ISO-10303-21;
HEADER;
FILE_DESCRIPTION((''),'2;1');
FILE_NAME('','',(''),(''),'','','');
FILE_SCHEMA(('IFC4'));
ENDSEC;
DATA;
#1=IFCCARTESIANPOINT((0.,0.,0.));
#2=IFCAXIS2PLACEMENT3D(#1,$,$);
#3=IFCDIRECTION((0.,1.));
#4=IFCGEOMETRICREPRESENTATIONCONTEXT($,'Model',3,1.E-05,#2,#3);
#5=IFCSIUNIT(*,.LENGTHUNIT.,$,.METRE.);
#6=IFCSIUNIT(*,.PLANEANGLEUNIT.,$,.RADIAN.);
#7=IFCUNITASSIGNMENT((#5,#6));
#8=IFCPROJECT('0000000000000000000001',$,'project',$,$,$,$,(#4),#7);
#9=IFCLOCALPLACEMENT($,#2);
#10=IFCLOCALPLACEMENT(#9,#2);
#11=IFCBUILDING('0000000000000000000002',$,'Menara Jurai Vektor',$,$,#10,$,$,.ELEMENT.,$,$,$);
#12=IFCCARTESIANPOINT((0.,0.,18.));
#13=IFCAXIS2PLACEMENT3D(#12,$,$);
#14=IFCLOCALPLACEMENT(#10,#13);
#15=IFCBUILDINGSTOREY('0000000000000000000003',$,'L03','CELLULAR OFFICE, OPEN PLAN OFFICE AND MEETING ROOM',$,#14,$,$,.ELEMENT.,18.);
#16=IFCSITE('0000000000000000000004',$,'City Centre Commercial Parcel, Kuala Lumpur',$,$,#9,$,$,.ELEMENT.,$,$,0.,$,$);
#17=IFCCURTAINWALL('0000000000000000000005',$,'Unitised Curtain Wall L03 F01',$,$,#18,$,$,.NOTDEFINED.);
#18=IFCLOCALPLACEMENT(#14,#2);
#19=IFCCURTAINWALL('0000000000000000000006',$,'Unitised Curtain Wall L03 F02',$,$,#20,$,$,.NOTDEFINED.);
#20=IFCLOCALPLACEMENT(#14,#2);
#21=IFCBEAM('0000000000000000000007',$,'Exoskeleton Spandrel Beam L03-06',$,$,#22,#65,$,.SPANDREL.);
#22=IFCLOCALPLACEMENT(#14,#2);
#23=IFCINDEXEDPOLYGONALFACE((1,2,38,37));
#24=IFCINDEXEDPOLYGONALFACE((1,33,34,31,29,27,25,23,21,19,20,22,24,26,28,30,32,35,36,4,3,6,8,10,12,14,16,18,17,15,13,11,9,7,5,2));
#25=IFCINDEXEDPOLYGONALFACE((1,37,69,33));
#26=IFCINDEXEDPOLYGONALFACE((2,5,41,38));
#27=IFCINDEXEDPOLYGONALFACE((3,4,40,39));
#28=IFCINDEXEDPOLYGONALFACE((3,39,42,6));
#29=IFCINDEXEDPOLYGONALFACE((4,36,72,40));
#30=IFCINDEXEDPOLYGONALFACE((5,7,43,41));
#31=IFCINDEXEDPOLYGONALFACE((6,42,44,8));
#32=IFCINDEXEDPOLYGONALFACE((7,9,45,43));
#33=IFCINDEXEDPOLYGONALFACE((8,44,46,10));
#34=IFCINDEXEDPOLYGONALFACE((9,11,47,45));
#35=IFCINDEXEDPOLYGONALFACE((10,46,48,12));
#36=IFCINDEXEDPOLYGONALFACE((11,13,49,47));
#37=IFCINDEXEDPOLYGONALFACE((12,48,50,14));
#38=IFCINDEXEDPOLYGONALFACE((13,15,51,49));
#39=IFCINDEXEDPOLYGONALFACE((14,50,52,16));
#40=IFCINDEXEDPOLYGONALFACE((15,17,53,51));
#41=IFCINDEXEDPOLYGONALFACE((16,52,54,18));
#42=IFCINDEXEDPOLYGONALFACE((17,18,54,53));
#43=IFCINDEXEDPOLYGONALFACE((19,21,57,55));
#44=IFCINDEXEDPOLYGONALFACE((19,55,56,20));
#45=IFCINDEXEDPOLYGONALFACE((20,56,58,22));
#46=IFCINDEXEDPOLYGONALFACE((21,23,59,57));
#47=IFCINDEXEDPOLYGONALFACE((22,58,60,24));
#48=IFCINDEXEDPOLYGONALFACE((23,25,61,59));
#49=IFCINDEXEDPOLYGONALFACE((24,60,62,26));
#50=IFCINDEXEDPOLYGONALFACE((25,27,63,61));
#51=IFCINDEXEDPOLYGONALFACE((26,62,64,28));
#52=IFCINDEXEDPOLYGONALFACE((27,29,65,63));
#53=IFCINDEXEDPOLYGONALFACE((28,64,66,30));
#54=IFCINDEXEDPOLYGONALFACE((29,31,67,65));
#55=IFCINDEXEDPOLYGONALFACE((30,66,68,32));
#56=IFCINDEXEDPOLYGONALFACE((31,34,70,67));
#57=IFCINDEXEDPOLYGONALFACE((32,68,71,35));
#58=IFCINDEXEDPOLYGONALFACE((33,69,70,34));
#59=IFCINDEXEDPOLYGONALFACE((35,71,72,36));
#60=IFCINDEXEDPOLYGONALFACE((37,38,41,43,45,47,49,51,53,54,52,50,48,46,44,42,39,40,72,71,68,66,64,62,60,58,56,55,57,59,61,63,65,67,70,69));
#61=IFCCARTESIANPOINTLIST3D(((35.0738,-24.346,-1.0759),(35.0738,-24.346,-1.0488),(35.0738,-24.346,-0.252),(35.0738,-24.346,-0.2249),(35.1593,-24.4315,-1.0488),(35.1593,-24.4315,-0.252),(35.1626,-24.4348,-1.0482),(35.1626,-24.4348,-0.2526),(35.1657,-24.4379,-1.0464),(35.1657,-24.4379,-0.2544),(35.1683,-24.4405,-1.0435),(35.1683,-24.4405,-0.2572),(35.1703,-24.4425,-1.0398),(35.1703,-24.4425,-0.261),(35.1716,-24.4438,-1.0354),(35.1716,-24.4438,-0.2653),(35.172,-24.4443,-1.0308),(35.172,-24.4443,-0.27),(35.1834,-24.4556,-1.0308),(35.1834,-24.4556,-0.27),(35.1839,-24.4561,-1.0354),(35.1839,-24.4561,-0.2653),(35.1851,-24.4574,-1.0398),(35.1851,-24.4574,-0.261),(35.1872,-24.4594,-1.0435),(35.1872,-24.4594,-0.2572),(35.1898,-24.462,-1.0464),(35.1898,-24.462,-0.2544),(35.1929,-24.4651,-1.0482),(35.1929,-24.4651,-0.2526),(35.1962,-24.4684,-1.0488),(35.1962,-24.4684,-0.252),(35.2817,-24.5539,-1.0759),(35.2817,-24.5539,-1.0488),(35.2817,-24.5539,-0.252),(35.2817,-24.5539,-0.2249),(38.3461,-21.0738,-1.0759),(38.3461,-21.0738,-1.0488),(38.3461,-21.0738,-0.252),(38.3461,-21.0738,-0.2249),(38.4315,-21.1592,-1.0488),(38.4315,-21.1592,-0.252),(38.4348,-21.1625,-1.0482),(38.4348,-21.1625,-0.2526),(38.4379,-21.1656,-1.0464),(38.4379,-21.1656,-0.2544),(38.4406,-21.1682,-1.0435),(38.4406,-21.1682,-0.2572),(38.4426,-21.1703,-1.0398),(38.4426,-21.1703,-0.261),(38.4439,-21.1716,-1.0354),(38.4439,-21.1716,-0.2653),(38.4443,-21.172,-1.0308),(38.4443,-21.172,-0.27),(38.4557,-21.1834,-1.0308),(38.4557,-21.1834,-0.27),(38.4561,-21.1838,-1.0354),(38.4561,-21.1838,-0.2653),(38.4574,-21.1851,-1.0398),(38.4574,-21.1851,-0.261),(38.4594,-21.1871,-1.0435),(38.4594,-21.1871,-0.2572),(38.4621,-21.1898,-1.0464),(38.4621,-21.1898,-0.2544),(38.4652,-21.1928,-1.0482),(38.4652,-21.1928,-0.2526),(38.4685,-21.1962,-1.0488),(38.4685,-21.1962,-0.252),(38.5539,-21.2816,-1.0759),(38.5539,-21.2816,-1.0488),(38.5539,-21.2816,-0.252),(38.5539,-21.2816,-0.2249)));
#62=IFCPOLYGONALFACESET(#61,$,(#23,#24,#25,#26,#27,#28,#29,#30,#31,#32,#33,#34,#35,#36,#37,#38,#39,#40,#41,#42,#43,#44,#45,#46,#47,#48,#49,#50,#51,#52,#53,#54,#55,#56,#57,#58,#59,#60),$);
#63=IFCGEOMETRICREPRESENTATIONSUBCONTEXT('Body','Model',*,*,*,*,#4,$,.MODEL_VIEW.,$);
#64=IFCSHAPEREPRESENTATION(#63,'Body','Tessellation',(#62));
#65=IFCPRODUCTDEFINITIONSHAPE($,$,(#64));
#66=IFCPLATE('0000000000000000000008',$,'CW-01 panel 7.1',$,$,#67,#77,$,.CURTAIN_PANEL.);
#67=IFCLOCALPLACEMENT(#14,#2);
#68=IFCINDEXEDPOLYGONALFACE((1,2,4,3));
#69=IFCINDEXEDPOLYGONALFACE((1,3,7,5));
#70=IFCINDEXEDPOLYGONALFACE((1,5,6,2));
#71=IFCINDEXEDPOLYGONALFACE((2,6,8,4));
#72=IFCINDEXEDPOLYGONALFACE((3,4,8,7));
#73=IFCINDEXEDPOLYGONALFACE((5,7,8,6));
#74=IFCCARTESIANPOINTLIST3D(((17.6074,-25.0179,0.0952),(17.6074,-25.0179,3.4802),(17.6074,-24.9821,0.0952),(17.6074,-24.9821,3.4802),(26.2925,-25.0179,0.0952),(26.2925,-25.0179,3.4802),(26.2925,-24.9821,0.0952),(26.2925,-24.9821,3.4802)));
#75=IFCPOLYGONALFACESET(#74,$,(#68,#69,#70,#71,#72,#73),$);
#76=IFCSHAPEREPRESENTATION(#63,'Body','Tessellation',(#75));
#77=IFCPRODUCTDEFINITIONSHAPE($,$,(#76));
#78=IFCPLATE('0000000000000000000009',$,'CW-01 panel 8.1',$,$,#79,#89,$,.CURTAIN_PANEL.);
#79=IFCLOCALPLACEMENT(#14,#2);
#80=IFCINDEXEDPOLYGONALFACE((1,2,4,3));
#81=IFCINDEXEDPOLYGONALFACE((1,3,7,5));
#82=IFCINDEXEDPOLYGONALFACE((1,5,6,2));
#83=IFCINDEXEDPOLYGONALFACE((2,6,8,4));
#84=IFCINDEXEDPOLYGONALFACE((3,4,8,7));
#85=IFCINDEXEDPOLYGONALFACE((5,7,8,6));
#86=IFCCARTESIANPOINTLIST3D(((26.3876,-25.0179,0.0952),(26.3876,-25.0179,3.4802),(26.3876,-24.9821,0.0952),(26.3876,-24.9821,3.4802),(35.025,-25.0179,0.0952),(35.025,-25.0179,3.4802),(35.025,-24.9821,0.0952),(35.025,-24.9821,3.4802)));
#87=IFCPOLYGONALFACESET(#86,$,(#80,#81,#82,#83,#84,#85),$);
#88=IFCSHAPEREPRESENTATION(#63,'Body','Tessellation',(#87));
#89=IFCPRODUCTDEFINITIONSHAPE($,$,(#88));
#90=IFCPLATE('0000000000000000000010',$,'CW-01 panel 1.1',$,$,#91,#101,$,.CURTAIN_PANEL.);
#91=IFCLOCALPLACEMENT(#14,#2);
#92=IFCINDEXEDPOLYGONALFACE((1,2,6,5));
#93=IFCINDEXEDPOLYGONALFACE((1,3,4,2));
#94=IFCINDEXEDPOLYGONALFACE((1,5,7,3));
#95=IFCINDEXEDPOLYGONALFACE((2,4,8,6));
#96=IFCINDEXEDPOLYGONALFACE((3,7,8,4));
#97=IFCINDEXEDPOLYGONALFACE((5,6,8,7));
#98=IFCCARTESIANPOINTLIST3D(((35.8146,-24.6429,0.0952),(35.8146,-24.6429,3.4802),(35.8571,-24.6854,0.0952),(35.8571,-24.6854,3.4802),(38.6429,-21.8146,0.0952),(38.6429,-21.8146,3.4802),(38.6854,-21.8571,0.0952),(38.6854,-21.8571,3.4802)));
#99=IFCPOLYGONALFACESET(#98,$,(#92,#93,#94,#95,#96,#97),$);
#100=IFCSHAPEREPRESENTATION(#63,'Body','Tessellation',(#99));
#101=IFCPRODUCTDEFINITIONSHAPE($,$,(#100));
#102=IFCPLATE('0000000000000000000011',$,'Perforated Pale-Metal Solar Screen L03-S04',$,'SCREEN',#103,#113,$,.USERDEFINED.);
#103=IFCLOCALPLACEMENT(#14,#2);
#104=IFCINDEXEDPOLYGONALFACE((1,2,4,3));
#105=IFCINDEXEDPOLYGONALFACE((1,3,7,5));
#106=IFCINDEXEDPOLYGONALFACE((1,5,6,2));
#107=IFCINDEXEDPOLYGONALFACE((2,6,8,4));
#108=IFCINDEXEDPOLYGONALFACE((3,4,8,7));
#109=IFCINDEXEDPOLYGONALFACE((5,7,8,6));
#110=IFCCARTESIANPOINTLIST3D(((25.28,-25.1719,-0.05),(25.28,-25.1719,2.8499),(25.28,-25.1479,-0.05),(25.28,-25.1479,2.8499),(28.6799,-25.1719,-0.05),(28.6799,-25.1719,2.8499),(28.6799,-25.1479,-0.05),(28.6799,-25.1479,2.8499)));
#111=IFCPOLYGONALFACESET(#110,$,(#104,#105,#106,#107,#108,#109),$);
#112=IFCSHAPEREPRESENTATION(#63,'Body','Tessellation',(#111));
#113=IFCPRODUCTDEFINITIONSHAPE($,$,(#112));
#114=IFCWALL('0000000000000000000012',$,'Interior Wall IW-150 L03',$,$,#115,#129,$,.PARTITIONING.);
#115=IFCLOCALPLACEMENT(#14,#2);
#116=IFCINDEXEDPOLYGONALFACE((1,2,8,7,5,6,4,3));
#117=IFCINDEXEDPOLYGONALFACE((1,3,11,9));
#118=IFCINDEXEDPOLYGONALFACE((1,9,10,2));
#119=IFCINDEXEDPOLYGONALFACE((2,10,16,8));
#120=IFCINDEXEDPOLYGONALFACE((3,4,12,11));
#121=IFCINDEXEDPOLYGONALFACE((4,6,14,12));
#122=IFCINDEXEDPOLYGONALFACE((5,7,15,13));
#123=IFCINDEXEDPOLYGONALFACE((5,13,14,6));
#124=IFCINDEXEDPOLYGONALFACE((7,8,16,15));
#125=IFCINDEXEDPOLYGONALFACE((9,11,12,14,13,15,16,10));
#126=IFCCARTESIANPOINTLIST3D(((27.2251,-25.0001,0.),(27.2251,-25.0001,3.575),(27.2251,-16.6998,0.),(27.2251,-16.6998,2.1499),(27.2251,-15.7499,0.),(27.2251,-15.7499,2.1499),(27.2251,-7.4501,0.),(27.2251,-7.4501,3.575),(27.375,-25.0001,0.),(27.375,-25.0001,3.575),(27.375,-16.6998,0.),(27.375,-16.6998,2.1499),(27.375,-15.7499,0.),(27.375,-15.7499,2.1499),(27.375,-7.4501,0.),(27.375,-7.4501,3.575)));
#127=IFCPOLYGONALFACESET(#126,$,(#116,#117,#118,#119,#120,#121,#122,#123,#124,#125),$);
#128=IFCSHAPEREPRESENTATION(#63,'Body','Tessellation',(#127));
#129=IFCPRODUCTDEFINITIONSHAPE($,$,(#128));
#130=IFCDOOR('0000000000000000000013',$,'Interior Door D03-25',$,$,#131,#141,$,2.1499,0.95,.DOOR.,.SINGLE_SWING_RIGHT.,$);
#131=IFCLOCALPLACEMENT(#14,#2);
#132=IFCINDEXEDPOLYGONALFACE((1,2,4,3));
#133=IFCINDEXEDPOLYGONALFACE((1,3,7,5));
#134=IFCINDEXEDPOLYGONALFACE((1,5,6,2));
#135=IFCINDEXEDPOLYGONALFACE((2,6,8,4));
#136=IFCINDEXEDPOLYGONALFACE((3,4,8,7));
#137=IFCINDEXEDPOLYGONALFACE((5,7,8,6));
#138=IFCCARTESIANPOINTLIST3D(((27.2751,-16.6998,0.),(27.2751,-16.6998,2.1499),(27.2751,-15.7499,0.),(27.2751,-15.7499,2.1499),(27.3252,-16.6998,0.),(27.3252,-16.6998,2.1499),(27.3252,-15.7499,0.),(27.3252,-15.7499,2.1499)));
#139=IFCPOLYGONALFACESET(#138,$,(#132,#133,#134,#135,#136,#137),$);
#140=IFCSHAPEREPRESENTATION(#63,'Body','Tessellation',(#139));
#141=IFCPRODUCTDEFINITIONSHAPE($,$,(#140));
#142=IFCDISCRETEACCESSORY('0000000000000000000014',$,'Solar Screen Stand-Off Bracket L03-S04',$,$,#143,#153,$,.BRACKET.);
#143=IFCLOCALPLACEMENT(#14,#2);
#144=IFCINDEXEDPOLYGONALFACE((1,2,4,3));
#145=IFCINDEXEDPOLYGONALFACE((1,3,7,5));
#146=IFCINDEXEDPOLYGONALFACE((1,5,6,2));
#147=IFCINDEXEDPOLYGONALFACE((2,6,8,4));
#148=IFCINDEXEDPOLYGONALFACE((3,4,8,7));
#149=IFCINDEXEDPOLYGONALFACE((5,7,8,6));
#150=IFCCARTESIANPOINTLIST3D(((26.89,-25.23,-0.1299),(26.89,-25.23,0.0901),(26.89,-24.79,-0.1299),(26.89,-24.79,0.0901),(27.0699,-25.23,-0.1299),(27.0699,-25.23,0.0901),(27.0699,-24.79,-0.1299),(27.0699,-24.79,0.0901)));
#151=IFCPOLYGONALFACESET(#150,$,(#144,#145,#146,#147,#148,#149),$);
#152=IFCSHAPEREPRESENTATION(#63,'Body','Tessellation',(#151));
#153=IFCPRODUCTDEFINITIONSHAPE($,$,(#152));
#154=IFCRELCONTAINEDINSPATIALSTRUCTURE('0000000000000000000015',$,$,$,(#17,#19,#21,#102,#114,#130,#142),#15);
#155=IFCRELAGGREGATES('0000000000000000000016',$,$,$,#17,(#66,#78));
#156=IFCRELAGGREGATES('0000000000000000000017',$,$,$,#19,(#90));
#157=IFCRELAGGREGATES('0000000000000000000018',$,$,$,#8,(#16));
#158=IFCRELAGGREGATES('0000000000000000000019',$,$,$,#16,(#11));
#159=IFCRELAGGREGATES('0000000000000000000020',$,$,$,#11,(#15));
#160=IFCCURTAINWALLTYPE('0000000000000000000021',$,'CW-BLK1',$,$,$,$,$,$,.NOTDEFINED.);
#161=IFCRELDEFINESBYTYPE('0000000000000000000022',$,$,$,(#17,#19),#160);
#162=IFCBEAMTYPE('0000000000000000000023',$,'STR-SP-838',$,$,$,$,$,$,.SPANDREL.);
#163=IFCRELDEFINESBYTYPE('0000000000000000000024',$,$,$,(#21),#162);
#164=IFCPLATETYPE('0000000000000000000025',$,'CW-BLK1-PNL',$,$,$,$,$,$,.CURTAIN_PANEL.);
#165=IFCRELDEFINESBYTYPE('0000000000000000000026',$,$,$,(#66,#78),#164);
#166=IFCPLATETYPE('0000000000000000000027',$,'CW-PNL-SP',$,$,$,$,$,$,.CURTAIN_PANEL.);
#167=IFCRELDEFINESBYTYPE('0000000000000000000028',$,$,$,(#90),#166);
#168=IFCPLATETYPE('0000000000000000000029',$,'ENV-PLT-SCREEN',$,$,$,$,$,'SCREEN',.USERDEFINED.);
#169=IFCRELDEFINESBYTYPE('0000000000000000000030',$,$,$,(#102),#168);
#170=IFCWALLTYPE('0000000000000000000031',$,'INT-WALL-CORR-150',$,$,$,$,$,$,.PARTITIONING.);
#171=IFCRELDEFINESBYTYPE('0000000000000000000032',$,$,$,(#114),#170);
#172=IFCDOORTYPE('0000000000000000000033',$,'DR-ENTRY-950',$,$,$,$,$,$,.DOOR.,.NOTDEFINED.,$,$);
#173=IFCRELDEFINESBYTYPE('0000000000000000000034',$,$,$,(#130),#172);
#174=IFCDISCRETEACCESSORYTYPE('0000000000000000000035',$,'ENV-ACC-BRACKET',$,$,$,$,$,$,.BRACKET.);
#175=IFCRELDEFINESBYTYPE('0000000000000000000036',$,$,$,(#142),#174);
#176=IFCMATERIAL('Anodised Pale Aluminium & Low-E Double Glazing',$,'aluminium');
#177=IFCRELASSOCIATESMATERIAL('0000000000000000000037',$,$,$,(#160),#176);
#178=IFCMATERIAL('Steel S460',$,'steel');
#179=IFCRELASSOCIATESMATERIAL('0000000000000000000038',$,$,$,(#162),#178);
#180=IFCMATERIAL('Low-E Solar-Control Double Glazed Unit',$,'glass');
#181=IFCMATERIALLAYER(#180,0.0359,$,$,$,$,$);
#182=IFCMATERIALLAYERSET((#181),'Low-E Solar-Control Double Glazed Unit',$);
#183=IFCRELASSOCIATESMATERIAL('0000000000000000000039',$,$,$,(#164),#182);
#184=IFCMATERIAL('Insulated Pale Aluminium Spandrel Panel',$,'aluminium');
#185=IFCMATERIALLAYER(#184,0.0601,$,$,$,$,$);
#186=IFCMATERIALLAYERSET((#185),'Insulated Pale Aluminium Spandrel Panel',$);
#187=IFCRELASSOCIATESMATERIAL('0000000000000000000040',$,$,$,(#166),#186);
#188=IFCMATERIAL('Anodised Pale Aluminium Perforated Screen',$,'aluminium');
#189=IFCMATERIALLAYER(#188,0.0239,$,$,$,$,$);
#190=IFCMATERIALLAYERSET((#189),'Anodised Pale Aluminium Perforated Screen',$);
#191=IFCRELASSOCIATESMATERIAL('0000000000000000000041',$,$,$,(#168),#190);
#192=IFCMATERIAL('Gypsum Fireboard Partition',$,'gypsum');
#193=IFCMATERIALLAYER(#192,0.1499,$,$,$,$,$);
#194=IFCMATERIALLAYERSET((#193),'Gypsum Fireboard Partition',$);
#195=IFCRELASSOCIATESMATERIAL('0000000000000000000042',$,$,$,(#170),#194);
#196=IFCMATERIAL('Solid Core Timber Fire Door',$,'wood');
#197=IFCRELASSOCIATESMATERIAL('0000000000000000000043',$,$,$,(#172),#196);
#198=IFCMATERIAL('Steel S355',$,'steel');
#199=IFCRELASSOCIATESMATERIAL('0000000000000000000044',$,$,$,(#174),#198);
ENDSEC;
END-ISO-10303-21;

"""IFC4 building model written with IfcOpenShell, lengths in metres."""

from ifc_helpers import new_model, si_unit, direction, frame, frame_2d, origin, origin_2d, place, context, subcontext, project, spatial, rectangle, i_section, extrude, material, layer, layer_set, material_profile, profile_set, type_object, element, fill, aggregate, save


model = new_model("IFC4")

# Units and contexts
model_context = context("Model", 3, precision=1e-05, world=origin(), true_north=direction((0.0, 1.0)))
body_context = subcontext(model_context, "Body", "Model", "MODEL_VIEW")
ifc_project = project(units=[si_unit("LENGTHUNIT", "METRE"), si_unit("PLANEANGLEUNIT", "RADIAN")], contexts=[model_context])

# Site, building, storey
site_placement = place(None, origin())
site = spatial("IfcSite", under=ifc_project, at=site_placement, Name="City Centre Commercial Parcel, Kuala Lumpur", CompositionType="ELEMENT", RefElevation=0.0)
building_placement = place(site_placement, origin())
building = spatial("IfcBuilding", under=site, at=building_placement, Name="Menara Jurai Vektor", CompositionType="ELEMENT")
storey_placement = place(building_placement, frame((0.0, 0.0, 18.0)))
storey = spatial("IfcBuildingStorey", under=building, at=storey_placement, Name="L03", Description="CELLULAR OFFICE, OPEN PLAN OFFICE AND MEETING ROOM", CompositionType="ELEMENT", Elevation=18.0)

# Shared definitions
ifc_material_1 = material(Name="Steel S460", Category="steel")

# Curtain walls
ifc_material_2 = material(Name="Anodised Pale Aluminium & Low-E Double Glazing", Category="aluminium")
curtain_wall_type = type_object("IfcCurtainWallType", Name="CW-BLK1", PredefinedType="NOTDEFINED", material=ifc_material_2)
curtain_wall_1_placement = place(storey_placement, origin())
curtain_wall_1 = element("IfcCurtainWall", 1, at=curtain_wall_1_placement, inside=storey, type_object=curtain_wall_type, Name="Unitised Curtain Wall L03 F01", PredefinedType="NOTDEFINED")
curtain_wall_2_placement = place(storey_placement, origin())
curtain_wall_2 = element("IfcCurtainWall", 2, at=curtain_wall_2_placement, inside=storey, type_object=curtain_wall_type, Name="Unitised Curtain Wall L03 F02", PredefinedType="NOTDEFINED")

# Shared definitions
ifc_material_3 = material(Name="Steel S355", Category="steel")

# Beam
ifc_material_profile_1 = material_profile(ifc_material_1, i_section(OverallWidth=0.2939, OverallDepth=0.8511, WebThickness=0.0161, FlangeThickness=0.0271, FilletRadius=0.0181, at=origin_2d()), Name="UKB 838x292x226")
ifc_profile_set_1 = profile_set([ifc_material_profile_1], Name="Steel S460")
beam_type_1 = type_object("IfcBeamType", Name="STR-SP-838", PredefinedType="SPANDREL", material=ifc_profile_set_1)
beam_1_placement = place(storey_placement, frame((35.1777, -24.45, -0.6504), z_axis=(0.707107, 0.707107, 0.0), x_axis=(-0.707107, 0.707107, 0.0)))
element("IfcBeam", 3, at=beam_1_placement, inside=storey, type_object=beam_type_1, Name="Exoskeleton Spandrel Beam L03-06", PredefinedType="SPANDREL", context=body_context, shape_type="SweptSolid", body=[
    extrude(i_section(OverallWidth=0.2939, OverallDepth=0.8511, WebThickness=0.0161, FlangeThickness=0.0271, FilletRadius=0.0181, at=origin_2d()), origin(), (0.0, 0.0, 1.0), 4.6277),
])

# Plates
ifc_material_4 = material(Name="Low-E Solar-Control Double Glazed Unit", Category="glass")
ifc_layer_1 = layer(ifc_material_4, 0.0359)
ifc_layer_set_1 = layer_set([ifc_layer_1], Name="Low-E Solar-Control Double Glazed Unit")
plate_type_1 = type_object("IfcPlateType", Name="CW-BLK1-PNL", PredefinedType="CURTAIN_PANEL", material=ifc_layer_set_1)
plate_1_placement = place(storey_placement, frame((21.95, -25.0, 0.0952), z_axis=(0.0, 0.0, 1.0), x_axis=(1.0, 0.0, 0.0)))
plate_1 = element("IfcPlate", 4, at=plate_1_placement, type_object=plate_type_1, Name="CW-01 panel 7.1", PredefinedType="CURTAIN_PANEL", context=body_context, shape_type="SweptSolid", body=[
    extrude(rectangle(XDim=8.6851, YDim=0.0359, at=origin_2d()), origin(), (0.0, 0.0, 1.0), 3.385),
])
plate_2_placement = place(storey_placement, frame((30.7063, -25.0, 0.0952), z_axis=(0.0, 0.0, 1.0), x_axis=(1.0, 0.0, 0.0)))
plate_2 = element("IfcPlate", 5, at=plate_2_placement, type_object=plate_type_1, Name="CW-01 panel 8.1", PredefinedType="CURTAIN_PANEL", context=body_context, shape_type="SweptSolid", body=[
    extrude(rectangle(XDim=8.6375, YDim=0.0359, at=origin_2d()), origin(), (0.0, 0.0, 1.0), 3.385),
])
aggregate(curtain_wall_1, [plate_1, plate_2])
ifc_material_5 = material(Name="Insulated Pale Aluminium Spandrel Panel", Category="aluminium")
ifc_layer_2 = layer(ifc_material_5, 0.0601)
ifc_layer_set_2 = layer_set([ifc_layer_2], Name="Insulated Pale Aluminium Spandrel Panel")
plate_type_2 = type_object("IfcPlateType", Name="CW-PNL-SP", PredefinedType="CURTAIN_PANEL", material=ifc_layer_set_2)
plate_3_placement = place(storey_placement, frame((37.25, -23.25, 0.0952), z_axis=(0.0, 0.0, 1.0), x_axis=(0.707107, 0.707107, 0.0)))
plate_3 = element("IfcPlate", 6, at=plate_3_placement, type_object=plate_type_2, Name="CW-01 panel 1.1", PredefinedType="CURTAIN_PANEL", context=body_context, shape_type="SweptSolid", body=[
    extrude(rectangle(XDim=3.9998, YDim=0.0601, at=origin_2d()), origin(), (0.0, 0.0, 1.0), 3.385),
])
aggregate(curtain_wall_2, [plate_3])
ifc_material_6 = material(Name="Anodised Pale Aluminium Perforated Screen", Category="aluminium")
ifc_layer_3 = layer(ifc_material_6, 0.0239)
ifc_layer_set_3 = layer_set([ifc_layer_3], Name="Anodised Pale Aluminium Perforated Screen")
plate_type_3 = type_object("IfcPlateType", Name="ENV-PLT-SCREEN", ElementType="SCREEN", PredefinedType="USERDEFINED", material=ifc_layer_set_3)
plate_4_placement = place(storey_placement, frame((26.98, -25.1599, -0.05), z_axis=(0.0, 0.0, 1.0), x_axis=(1.0, 0.0, 0.0)))
element("IfcPlate", 7, at=plate_4_placement, inside=storey, type_object=plate_type_3, Name="Perforated Pale-Metal Solar Screen L03-S04", ObjectType="SCREEN", PredefinedType="USERDEFINED", context=body_context, shape_type="SweptSolid", body=[
    extrude(rectangle(XDim=3.3999, YDim=0.0239, at=origin_2d()), origin(), (0.0, 0.0, 1.0), 2.8999),
])

# Wall, opening, door
ifc_material_7 = material(Name="Gypsum Fireboard Partition", Category="gypsum")
ifc_layer_4 = layer(ifc_material_7, 0.1499)
ifc_layer_set_4 = layer_set([ifc_layer_4], Name="Gypsum Fireboard Partition")
wall_type = type_object("IfcWallType", Name="INT-WALL-CORR-150", PredefinedType="PARTITIONING", material=ifc_layer_set_4)
wall_placement = place(storey_placement, frame((27.3, -25.0, 0.0), z_axis=(0.0, 0.0, 1.0), x_axis=(0.0, 1.0, 0.0)))
wall = element("IfcWall", 8, at=wall_placement, inside=storey, type_object=wall_type, Name="Interior Wall IW-150 L03", PredefinedType="PARTITIONING", context=body_context, shape_type="SweptSolid", body=[
    extrude(rectangle(XDim=17.55, YDim=0.1499, at=frame_2d((8.7749, 0.0))), origin(), (0.0, 0.0, 1.0), 3.575),
])
opening_placement = place(wall_placement, frame((8.3, 0.0, 0.0)))
opening = element("IfcOpeningElement", 9, at=opening_placement, cuts=wall, PredefinedType="OPENING", context=body_context, shape_type="SweptSolid", body=[
    extrude(rectangle(XDim=0.95, YDim=2.1499, at=frame_2d((0.4751, 1.075))), frame((0.0, 0.085, 0.0), z_axis=(0.0, -1.0, 0.0), x_axis=(1.0, 0.0, 0.0)), (0.0, 0.0, 1.0), 0.1699),
])
ifc_material_8 = material(Name="Solid Core Timber Fire Door", Category="wood")
door_type = type_object("IfcDoorType", Name="DR-ENTRY-950", OperationType="NOTDEFINED", PredefinedType="DOOR", material=ifc_material_8)
door_placement = place(opening_placement, origin())
door = element("IfcDoor", 10, at=door_placement, inside=storey, type_object=door_type, Name="Interior Door D03-25", OperationType="SINGLE_SWING_RIGHT", OverallHeight=2.1499, OverallWidth=0.95, PredefinedType="DOOR", context=body_context, shape_type="SweptSolid", body=[
    extrude(rectangle(XDim=0.95, YDim=2.1499, at=frame_2d((0.4751, 1.075))), frame((0.0, 0.0249, 0.0), z_axis=(0.0, -1.0, 0.0), x_axis=(1.0, 0.0, 0.0)), (0.0, 0.0, 1.0), 0.05),
])
fill(opening, door)

# Discrete accessory
discrete_accessory_type = type_object("IfcDiscreteAccessoryType", Name="ENV-ACC-BRACKET", PredefinedType="BRACKET", material=ifc_material_3)
discrete_accessory_placement = place(storey_placement, frame((26.98, -25.01, -0.1299), z_axis=(0.0, 0.0, 1.0), x_axis=(1.0, 0.0, 0.0)))
element("IfcDiscreteAccessory", 11, at=discrete_accessory_placement, inside=storey, type_object=discrete_accessory_type, Name="Solar Screen Stand-Off Bracket L03-S04", PredefinedType="BRACKET", context=body_context, shape_type="SweptSolid", body=[
    extrude(rectangle(XDim=0.1799, YDim=0.4399, at=origin_2d()), origin(), (0.0, 0.0, 1.0), 0.22),
])

save(model, "model.ifc")
